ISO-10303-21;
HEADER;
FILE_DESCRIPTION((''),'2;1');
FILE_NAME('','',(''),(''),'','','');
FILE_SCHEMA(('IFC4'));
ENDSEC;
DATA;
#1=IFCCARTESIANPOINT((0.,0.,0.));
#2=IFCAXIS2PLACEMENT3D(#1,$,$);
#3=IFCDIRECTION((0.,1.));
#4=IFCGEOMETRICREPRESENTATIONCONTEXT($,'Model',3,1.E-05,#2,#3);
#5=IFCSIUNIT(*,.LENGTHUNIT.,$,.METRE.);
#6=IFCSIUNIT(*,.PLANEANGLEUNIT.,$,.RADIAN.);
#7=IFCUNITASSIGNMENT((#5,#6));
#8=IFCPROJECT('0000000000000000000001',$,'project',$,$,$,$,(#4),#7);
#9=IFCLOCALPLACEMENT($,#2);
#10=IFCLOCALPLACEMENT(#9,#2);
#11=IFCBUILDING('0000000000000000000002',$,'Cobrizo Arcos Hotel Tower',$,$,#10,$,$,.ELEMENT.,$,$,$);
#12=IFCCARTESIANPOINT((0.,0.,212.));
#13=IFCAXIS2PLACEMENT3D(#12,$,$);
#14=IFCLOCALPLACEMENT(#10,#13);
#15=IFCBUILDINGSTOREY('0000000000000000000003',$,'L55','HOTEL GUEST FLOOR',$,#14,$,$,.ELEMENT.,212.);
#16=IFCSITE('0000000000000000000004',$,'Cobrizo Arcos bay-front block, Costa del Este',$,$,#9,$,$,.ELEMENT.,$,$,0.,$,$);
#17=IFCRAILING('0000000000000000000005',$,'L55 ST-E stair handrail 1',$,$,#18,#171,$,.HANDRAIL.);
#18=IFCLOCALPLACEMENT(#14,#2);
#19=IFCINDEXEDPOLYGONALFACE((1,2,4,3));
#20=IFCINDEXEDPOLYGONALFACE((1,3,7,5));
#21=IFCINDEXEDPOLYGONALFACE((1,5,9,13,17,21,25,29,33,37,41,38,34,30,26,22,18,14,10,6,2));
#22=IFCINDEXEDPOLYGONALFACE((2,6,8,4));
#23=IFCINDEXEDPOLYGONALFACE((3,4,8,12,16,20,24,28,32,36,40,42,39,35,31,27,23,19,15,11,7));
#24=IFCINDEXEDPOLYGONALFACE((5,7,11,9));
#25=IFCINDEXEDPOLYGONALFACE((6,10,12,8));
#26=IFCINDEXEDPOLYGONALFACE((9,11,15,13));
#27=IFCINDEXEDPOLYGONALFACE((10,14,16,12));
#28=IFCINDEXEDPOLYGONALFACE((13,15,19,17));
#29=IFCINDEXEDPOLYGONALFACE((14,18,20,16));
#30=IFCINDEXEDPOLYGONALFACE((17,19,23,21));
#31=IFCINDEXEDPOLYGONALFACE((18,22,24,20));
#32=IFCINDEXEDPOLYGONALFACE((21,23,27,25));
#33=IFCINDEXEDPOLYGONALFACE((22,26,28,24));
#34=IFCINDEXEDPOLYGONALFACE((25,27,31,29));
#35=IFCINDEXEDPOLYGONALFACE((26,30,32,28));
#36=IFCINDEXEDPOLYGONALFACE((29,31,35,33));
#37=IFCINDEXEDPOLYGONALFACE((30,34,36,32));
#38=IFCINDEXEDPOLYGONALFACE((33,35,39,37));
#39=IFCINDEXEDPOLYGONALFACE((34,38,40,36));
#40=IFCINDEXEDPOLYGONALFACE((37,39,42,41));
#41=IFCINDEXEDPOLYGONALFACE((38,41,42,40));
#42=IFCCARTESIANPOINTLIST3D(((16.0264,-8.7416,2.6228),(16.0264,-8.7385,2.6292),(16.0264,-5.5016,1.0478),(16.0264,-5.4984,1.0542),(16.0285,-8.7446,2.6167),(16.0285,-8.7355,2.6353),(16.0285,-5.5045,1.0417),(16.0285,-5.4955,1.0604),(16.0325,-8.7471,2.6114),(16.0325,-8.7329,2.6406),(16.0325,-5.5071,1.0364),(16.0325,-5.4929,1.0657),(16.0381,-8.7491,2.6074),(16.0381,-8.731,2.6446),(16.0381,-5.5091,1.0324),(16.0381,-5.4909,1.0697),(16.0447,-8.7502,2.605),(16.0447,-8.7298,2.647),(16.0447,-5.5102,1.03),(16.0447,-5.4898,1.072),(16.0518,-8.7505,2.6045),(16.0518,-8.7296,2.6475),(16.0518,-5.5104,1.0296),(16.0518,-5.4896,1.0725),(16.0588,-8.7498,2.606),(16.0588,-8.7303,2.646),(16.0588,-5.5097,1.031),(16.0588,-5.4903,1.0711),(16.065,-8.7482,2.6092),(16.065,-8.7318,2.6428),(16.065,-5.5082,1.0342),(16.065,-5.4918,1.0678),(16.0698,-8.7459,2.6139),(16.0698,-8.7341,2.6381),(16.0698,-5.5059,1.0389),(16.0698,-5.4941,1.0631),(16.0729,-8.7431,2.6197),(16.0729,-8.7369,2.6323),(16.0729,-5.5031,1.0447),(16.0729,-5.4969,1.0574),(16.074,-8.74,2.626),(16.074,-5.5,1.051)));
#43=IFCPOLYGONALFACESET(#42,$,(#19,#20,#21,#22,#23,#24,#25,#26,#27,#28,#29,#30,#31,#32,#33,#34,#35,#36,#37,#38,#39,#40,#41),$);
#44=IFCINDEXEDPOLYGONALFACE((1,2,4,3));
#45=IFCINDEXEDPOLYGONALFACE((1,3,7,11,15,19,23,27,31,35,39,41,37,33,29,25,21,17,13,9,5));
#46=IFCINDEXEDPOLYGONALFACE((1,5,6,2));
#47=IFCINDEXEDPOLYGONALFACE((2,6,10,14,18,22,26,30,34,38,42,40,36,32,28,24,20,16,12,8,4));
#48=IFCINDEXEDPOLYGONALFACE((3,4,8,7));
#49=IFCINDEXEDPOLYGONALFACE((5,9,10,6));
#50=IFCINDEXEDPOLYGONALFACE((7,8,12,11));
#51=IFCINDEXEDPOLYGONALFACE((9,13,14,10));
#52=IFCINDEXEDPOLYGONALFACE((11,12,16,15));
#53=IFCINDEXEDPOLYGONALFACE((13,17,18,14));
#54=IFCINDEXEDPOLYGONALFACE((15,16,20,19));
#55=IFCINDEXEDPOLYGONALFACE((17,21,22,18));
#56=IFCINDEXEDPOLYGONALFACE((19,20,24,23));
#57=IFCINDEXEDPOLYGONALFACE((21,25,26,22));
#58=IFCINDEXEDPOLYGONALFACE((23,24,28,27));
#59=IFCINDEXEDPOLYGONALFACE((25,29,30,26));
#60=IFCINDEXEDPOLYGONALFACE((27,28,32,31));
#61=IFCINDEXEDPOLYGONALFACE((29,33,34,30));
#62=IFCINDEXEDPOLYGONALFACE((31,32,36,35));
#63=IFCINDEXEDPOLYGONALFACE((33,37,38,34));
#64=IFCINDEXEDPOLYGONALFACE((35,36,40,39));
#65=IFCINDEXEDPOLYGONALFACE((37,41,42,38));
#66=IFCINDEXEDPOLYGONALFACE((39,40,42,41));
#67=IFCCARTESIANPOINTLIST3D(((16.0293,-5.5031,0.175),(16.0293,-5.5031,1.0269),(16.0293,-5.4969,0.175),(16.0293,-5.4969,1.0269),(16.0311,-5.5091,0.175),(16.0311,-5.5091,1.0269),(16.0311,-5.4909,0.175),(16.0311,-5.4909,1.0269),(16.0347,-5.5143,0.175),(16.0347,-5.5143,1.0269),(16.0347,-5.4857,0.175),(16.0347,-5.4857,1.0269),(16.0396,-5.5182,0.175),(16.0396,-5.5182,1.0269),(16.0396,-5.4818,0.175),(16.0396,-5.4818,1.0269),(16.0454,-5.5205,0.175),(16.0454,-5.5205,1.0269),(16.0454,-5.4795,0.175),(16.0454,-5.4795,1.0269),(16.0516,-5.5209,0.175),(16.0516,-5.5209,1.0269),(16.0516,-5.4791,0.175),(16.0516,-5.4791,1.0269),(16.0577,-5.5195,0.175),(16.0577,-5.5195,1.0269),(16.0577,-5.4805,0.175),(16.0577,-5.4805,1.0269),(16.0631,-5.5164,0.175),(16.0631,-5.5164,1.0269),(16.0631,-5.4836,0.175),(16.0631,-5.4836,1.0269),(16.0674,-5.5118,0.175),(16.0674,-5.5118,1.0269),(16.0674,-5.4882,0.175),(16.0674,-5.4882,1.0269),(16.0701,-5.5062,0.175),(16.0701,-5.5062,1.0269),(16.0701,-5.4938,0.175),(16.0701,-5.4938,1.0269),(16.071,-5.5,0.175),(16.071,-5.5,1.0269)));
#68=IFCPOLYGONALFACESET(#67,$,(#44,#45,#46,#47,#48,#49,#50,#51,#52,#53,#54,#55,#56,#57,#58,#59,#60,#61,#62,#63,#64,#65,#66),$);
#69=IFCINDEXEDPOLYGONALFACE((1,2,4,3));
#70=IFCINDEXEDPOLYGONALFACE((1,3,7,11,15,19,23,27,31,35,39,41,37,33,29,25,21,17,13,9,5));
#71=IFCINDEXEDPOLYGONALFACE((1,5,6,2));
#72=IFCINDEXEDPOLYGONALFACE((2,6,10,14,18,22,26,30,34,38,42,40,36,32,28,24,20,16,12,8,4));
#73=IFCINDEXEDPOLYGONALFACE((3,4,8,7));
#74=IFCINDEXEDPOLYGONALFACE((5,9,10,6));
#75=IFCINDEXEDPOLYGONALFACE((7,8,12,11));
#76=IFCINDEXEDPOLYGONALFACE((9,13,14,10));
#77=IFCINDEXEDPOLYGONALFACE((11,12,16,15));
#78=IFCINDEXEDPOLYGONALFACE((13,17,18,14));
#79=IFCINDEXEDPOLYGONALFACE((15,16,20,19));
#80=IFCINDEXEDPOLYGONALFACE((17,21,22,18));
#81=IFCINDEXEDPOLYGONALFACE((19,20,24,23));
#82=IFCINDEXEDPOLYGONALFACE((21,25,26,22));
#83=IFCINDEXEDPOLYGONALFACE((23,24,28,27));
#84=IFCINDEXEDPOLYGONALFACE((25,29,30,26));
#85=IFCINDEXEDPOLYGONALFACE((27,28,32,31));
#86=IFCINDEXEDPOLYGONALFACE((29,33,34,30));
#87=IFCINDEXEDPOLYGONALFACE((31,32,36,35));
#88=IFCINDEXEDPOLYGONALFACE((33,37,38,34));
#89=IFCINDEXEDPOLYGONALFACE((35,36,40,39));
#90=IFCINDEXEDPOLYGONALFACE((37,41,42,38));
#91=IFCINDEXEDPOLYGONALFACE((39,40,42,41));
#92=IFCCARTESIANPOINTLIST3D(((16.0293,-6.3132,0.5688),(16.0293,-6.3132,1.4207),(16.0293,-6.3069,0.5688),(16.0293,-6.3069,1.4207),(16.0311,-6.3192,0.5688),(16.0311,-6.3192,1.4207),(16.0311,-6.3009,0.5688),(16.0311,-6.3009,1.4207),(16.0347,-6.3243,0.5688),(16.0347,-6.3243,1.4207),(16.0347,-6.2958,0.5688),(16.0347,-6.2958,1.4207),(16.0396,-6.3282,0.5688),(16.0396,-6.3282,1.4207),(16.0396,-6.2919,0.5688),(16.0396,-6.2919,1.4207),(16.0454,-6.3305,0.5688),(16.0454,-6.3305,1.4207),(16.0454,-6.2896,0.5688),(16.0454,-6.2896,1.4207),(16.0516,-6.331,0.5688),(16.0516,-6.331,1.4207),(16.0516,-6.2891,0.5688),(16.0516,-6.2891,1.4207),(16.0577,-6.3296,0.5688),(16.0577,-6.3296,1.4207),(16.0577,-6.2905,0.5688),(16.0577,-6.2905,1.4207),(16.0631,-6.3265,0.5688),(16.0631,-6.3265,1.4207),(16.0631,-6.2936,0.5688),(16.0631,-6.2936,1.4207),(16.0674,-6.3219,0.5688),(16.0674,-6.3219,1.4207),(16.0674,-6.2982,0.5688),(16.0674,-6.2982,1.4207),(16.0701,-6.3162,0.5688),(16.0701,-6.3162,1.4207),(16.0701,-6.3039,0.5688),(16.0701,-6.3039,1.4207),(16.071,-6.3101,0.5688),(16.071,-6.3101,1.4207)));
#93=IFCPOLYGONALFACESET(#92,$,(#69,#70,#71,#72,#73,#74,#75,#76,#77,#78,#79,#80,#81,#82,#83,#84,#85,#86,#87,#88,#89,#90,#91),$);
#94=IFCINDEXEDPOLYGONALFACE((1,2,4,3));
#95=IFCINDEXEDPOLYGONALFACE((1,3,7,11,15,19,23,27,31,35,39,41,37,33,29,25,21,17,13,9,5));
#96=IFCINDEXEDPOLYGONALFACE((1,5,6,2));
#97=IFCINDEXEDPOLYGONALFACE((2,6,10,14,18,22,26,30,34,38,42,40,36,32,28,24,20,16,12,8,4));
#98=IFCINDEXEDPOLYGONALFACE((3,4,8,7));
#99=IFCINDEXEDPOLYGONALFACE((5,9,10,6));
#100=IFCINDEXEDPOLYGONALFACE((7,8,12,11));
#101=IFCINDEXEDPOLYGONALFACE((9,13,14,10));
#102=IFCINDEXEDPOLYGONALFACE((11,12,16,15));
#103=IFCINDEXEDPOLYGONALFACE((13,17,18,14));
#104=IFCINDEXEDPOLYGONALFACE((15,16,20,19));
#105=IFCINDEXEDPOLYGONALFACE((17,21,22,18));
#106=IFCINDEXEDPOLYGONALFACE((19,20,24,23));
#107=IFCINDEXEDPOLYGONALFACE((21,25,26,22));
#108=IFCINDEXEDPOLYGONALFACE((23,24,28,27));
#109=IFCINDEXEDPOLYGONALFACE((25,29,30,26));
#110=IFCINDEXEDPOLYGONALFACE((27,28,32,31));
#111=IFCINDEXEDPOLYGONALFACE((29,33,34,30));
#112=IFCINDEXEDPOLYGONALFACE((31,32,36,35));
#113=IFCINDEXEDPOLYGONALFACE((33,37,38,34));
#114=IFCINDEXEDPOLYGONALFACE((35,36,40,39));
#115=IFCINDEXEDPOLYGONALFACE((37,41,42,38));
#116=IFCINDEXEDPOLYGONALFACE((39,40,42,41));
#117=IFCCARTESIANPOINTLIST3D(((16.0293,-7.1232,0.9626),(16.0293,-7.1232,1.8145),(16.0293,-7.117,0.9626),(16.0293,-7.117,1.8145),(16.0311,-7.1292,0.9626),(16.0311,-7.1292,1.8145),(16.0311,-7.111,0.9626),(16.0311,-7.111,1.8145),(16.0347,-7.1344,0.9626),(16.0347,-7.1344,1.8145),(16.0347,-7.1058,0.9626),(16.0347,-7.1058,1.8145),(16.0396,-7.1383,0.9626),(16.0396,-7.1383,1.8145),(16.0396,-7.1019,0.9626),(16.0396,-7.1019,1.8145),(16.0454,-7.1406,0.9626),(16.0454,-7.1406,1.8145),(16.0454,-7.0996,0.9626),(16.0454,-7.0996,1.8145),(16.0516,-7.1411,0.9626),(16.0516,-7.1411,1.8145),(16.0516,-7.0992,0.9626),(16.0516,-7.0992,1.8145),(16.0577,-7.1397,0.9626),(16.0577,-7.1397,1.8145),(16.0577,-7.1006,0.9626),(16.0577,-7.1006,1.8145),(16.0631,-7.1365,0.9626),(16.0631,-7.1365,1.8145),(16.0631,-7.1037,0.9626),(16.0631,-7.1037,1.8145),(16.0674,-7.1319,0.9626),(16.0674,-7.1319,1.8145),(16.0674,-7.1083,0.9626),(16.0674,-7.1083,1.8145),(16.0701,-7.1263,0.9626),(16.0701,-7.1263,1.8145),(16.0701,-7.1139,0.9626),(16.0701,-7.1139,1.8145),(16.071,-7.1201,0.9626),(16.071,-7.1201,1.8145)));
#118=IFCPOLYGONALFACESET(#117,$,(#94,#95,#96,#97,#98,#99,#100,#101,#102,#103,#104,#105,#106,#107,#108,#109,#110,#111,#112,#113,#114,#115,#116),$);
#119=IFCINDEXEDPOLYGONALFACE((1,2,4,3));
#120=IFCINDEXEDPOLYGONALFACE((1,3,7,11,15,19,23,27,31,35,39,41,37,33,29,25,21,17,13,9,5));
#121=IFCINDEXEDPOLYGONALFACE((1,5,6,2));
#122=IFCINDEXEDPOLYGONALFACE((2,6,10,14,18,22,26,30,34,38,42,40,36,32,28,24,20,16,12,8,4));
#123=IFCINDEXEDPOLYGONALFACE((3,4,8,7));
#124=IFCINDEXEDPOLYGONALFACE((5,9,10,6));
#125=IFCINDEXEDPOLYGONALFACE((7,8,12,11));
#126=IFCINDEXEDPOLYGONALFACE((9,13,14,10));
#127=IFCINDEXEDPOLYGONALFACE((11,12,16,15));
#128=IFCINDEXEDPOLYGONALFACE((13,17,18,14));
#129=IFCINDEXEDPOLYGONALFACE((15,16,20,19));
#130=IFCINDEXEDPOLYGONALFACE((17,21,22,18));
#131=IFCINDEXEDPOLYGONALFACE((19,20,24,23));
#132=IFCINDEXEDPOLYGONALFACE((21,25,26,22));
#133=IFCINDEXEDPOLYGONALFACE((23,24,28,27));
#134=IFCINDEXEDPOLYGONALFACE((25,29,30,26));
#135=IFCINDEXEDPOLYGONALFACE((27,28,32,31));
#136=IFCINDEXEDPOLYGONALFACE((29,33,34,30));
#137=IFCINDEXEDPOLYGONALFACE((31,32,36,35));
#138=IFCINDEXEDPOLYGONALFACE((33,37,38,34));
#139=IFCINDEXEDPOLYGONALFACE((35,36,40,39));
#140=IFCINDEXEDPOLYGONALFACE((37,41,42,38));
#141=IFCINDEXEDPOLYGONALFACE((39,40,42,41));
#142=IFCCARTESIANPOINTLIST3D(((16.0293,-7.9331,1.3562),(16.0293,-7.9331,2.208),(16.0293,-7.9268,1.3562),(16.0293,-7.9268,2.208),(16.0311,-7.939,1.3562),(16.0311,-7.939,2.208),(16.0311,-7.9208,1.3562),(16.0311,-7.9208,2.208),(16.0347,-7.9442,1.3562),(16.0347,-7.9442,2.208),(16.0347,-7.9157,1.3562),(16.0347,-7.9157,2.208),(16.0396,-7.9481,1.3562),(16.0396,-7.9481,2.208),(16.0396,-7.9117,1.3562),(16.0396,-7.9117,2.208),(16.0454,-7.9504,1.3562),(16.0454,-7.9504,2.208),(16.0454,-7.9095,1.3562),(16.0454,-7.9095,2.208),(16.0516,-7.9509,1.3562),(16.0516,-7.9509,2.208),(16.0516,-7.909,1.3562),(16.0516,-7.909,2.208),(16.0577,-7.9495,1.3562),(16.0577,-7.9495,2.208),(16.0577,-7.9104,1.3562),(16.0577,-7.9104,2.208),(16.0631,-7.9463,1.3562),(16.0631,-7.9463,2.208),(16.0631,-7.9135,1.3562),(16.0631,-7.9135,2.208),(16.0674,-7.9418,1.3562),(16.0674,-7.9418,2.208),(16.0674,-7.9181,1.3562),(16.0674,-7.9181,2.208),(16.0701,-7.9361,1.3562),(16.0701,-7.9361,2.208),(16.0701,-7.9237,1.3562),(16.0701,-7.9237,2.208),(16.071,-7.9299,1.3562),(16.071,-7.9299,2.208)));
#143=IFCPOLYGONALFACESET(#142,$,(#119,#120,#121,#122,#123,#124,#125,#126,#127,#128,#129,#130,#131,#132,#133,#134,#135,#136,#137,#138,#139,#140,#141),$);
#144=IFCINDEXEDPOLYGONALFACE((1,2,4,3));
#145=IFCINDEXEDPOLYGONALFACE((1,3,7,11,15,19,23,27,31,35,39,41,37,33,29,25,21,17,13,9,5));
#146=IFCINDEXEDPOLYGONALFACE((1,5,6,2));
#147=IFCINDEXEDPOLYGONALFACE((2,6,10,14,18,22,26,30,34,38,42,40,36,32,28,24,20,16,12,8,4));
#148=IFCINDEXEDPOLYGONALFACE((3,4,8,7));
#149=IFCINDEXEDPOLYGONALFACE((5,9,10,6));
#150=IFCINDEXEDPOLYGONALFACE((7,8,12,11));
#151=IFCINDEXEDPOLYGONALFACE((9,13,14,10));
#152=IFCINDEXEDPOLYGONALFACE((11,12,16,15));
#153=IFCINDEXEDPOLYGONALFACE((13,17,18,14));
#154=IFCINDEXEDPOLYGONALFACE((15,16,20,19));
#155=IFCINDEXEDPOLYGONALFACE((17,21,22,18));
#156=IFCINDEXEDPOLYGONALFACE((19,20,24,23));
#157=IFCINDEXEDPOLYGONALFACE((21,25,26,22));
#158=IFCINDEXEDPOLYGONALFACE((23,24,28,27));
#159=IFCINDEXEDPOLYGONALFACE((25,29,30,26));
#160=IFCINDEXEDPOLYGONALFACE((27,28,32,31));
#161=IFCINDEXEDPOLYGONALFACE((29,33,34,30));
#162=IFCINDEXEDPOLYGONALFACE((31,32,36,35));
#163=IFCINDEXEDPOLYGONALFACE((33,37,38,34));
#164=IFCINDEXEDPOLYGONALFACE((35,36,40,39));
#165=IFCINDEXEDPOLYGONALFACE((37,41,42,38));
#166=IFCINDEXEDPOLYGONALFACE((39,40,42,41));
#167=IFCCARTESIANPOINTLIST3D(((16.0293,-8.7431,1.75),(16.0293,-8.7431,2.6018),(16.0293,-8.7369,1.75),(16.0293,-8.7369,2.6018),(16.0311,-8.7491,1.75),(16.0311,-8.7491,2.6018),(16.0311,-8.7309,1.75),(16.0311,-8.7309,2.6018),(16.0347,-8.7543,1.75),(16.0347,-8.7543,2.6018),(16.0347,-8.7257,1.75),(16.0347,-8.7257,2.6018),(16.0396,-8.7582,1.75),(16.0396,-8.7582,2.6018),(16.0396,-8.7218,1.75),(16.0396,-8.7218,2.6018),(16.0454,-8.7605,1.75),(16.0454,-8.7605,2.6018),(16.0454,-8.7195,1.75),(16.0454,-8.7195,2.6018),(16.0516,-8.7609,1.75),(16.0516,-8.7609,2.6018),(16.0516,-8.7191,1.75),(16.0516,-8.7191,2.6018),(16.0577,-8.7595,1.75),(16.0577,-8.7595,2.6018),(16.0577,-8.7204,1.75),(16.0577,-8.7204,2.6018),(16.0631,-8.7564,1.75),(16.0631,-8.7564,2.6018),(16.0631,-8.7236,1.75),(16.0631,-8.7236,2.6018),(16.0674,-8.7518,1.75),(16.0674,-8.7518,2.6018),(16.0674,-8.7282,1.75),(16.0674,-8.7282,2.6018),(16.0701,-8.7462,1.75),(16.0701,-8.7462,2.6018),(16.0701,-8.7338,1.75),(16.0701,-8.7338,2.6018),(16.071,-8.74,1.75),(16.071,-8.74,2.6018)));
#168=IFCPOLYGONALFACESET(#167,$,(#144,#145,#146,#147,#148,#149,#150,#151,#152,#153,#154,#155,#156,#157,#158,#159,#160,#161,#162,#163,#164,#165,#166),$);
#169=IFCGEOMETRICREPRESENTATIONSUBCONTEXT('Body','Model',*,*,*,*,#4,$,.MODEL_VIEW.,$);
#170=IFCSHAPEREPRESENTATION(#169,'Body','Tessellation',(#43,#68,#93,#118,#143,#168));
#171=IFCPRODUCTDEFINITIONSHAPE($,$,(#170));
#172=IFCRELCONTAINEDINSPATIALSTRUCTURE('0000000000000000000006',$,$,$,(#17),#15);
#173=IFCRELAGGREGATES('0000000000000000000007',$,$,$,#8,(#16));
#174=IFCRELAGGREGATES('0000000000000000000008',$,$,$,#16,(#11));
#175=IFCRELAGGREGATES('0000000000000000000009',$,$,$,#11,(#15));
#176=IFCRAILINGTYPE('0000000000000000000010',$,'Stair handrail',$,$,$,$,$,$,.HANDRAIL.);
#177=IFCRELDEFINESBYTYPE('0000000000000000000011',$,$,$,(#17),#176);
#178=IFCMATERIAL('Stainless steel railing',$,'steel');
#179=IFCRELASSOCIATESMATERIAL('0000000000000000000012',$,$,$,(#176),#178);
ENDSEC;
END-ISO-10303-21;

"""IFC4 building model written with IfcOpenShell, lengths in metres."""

from ifc_helpers import new_model, si_unit, direction, frame, origin, origin_2d, place, context, subcontext, project, spatial, circle, extrude, material, type_object, element, save


model = new_model("IFC4")

# Units and contexts
model_context = context("Model", 3, precision=1e-05, world=origin(), true_north=direction((0.0, 1.0)))
body_context = subcontext(model_context, "Body", "Model", "MODEL_VIEW")
ifc_project = project(units=[si_unit("LENGTHUNIT", "METRE"), si_unit("PLANEANGLEUNIT", "RADIAN")], contexts=[model_context])

# Site, building, storey
site_placement = place(None, origin())
site = spatial("IfcSite", under=ifc_project, at=site_placement, Name="Cobrizo Arcos bay-front block, Costa del Este", CompositionType="ELEMENT", RefElevation=0.0)
building_placement = place(site_placement, origin())
building = spatial("IfcBuilding", under=site, at=building_placement, Name="Cobrizo Arcos Hotel Tower", CompositionType="ELEMENT")
storey_placement = place(building_placement, frame((0.0, 0.0, 212.0)))
storey = spatial("IfcBuildingStorey", under=building, at=storey_placement, Name="L55", Description="HOTEL GUEST FLOOR", CompositionType="ELEMENT", Elevation=212.0)

# Railing
ifc_material_1 = material(Name="Stainless steel railing", Category="steel")
railing_type_1 = type_object("IfcRailingType", Name="Stair handrail", PredefinedType="HANDRAIL", material=ifc_material_1)
railing_1_placement = place(storey_placement, frame((16.05, -5.5, 0.175)))
element("IfcRailing", 1, at=railing_1_placement, inside=storey, type_object=railing_type_1, Name="L55 ST-E stair handrail 1", PredefinedType="HANDRAIL", context=body_context, shape_type="SweptSolid", body=[
    extrude(circle(Radius=0.0239, at=origin_2d()), frame((0.0, 0.0, 0.876), z_axis=(0.0, -0.899373, 0.437183), x_axis=(1.0, 0.0, 0.0)), (0.0, 0.0, 1.0), 3.6025),
    extrude(circle(Radius=0.021, at=origin_2d()), origin(), (0.0, 0.0, 1.0), 0.8518),
    extrude(circle(Radius=0.021, at=origin_2d()), frame((0.0, -0.8101, 0.3938)), (0.0, 0.0, 1.0), 0.8518),
    extrude(circle(Radius=0.021, at=origin_2d()), frame((0.0, -1.6201, 0.7876)), (0.0, 0.0, 1.0), 0.8518),
    extrude(circle(Radius=0.021, at=origin_2d()), frame((0.0, -2.4299, 1.1812)), (0.0, 0.0, 1.0), 0.8518),
    extrude(circle(Radius=0.021, at=origin_2d()), frame((0.0, -3.24, 1.575)), (0.0, 0.0, 1.0), 0.8518),
])

save(model, "model.ifc")
